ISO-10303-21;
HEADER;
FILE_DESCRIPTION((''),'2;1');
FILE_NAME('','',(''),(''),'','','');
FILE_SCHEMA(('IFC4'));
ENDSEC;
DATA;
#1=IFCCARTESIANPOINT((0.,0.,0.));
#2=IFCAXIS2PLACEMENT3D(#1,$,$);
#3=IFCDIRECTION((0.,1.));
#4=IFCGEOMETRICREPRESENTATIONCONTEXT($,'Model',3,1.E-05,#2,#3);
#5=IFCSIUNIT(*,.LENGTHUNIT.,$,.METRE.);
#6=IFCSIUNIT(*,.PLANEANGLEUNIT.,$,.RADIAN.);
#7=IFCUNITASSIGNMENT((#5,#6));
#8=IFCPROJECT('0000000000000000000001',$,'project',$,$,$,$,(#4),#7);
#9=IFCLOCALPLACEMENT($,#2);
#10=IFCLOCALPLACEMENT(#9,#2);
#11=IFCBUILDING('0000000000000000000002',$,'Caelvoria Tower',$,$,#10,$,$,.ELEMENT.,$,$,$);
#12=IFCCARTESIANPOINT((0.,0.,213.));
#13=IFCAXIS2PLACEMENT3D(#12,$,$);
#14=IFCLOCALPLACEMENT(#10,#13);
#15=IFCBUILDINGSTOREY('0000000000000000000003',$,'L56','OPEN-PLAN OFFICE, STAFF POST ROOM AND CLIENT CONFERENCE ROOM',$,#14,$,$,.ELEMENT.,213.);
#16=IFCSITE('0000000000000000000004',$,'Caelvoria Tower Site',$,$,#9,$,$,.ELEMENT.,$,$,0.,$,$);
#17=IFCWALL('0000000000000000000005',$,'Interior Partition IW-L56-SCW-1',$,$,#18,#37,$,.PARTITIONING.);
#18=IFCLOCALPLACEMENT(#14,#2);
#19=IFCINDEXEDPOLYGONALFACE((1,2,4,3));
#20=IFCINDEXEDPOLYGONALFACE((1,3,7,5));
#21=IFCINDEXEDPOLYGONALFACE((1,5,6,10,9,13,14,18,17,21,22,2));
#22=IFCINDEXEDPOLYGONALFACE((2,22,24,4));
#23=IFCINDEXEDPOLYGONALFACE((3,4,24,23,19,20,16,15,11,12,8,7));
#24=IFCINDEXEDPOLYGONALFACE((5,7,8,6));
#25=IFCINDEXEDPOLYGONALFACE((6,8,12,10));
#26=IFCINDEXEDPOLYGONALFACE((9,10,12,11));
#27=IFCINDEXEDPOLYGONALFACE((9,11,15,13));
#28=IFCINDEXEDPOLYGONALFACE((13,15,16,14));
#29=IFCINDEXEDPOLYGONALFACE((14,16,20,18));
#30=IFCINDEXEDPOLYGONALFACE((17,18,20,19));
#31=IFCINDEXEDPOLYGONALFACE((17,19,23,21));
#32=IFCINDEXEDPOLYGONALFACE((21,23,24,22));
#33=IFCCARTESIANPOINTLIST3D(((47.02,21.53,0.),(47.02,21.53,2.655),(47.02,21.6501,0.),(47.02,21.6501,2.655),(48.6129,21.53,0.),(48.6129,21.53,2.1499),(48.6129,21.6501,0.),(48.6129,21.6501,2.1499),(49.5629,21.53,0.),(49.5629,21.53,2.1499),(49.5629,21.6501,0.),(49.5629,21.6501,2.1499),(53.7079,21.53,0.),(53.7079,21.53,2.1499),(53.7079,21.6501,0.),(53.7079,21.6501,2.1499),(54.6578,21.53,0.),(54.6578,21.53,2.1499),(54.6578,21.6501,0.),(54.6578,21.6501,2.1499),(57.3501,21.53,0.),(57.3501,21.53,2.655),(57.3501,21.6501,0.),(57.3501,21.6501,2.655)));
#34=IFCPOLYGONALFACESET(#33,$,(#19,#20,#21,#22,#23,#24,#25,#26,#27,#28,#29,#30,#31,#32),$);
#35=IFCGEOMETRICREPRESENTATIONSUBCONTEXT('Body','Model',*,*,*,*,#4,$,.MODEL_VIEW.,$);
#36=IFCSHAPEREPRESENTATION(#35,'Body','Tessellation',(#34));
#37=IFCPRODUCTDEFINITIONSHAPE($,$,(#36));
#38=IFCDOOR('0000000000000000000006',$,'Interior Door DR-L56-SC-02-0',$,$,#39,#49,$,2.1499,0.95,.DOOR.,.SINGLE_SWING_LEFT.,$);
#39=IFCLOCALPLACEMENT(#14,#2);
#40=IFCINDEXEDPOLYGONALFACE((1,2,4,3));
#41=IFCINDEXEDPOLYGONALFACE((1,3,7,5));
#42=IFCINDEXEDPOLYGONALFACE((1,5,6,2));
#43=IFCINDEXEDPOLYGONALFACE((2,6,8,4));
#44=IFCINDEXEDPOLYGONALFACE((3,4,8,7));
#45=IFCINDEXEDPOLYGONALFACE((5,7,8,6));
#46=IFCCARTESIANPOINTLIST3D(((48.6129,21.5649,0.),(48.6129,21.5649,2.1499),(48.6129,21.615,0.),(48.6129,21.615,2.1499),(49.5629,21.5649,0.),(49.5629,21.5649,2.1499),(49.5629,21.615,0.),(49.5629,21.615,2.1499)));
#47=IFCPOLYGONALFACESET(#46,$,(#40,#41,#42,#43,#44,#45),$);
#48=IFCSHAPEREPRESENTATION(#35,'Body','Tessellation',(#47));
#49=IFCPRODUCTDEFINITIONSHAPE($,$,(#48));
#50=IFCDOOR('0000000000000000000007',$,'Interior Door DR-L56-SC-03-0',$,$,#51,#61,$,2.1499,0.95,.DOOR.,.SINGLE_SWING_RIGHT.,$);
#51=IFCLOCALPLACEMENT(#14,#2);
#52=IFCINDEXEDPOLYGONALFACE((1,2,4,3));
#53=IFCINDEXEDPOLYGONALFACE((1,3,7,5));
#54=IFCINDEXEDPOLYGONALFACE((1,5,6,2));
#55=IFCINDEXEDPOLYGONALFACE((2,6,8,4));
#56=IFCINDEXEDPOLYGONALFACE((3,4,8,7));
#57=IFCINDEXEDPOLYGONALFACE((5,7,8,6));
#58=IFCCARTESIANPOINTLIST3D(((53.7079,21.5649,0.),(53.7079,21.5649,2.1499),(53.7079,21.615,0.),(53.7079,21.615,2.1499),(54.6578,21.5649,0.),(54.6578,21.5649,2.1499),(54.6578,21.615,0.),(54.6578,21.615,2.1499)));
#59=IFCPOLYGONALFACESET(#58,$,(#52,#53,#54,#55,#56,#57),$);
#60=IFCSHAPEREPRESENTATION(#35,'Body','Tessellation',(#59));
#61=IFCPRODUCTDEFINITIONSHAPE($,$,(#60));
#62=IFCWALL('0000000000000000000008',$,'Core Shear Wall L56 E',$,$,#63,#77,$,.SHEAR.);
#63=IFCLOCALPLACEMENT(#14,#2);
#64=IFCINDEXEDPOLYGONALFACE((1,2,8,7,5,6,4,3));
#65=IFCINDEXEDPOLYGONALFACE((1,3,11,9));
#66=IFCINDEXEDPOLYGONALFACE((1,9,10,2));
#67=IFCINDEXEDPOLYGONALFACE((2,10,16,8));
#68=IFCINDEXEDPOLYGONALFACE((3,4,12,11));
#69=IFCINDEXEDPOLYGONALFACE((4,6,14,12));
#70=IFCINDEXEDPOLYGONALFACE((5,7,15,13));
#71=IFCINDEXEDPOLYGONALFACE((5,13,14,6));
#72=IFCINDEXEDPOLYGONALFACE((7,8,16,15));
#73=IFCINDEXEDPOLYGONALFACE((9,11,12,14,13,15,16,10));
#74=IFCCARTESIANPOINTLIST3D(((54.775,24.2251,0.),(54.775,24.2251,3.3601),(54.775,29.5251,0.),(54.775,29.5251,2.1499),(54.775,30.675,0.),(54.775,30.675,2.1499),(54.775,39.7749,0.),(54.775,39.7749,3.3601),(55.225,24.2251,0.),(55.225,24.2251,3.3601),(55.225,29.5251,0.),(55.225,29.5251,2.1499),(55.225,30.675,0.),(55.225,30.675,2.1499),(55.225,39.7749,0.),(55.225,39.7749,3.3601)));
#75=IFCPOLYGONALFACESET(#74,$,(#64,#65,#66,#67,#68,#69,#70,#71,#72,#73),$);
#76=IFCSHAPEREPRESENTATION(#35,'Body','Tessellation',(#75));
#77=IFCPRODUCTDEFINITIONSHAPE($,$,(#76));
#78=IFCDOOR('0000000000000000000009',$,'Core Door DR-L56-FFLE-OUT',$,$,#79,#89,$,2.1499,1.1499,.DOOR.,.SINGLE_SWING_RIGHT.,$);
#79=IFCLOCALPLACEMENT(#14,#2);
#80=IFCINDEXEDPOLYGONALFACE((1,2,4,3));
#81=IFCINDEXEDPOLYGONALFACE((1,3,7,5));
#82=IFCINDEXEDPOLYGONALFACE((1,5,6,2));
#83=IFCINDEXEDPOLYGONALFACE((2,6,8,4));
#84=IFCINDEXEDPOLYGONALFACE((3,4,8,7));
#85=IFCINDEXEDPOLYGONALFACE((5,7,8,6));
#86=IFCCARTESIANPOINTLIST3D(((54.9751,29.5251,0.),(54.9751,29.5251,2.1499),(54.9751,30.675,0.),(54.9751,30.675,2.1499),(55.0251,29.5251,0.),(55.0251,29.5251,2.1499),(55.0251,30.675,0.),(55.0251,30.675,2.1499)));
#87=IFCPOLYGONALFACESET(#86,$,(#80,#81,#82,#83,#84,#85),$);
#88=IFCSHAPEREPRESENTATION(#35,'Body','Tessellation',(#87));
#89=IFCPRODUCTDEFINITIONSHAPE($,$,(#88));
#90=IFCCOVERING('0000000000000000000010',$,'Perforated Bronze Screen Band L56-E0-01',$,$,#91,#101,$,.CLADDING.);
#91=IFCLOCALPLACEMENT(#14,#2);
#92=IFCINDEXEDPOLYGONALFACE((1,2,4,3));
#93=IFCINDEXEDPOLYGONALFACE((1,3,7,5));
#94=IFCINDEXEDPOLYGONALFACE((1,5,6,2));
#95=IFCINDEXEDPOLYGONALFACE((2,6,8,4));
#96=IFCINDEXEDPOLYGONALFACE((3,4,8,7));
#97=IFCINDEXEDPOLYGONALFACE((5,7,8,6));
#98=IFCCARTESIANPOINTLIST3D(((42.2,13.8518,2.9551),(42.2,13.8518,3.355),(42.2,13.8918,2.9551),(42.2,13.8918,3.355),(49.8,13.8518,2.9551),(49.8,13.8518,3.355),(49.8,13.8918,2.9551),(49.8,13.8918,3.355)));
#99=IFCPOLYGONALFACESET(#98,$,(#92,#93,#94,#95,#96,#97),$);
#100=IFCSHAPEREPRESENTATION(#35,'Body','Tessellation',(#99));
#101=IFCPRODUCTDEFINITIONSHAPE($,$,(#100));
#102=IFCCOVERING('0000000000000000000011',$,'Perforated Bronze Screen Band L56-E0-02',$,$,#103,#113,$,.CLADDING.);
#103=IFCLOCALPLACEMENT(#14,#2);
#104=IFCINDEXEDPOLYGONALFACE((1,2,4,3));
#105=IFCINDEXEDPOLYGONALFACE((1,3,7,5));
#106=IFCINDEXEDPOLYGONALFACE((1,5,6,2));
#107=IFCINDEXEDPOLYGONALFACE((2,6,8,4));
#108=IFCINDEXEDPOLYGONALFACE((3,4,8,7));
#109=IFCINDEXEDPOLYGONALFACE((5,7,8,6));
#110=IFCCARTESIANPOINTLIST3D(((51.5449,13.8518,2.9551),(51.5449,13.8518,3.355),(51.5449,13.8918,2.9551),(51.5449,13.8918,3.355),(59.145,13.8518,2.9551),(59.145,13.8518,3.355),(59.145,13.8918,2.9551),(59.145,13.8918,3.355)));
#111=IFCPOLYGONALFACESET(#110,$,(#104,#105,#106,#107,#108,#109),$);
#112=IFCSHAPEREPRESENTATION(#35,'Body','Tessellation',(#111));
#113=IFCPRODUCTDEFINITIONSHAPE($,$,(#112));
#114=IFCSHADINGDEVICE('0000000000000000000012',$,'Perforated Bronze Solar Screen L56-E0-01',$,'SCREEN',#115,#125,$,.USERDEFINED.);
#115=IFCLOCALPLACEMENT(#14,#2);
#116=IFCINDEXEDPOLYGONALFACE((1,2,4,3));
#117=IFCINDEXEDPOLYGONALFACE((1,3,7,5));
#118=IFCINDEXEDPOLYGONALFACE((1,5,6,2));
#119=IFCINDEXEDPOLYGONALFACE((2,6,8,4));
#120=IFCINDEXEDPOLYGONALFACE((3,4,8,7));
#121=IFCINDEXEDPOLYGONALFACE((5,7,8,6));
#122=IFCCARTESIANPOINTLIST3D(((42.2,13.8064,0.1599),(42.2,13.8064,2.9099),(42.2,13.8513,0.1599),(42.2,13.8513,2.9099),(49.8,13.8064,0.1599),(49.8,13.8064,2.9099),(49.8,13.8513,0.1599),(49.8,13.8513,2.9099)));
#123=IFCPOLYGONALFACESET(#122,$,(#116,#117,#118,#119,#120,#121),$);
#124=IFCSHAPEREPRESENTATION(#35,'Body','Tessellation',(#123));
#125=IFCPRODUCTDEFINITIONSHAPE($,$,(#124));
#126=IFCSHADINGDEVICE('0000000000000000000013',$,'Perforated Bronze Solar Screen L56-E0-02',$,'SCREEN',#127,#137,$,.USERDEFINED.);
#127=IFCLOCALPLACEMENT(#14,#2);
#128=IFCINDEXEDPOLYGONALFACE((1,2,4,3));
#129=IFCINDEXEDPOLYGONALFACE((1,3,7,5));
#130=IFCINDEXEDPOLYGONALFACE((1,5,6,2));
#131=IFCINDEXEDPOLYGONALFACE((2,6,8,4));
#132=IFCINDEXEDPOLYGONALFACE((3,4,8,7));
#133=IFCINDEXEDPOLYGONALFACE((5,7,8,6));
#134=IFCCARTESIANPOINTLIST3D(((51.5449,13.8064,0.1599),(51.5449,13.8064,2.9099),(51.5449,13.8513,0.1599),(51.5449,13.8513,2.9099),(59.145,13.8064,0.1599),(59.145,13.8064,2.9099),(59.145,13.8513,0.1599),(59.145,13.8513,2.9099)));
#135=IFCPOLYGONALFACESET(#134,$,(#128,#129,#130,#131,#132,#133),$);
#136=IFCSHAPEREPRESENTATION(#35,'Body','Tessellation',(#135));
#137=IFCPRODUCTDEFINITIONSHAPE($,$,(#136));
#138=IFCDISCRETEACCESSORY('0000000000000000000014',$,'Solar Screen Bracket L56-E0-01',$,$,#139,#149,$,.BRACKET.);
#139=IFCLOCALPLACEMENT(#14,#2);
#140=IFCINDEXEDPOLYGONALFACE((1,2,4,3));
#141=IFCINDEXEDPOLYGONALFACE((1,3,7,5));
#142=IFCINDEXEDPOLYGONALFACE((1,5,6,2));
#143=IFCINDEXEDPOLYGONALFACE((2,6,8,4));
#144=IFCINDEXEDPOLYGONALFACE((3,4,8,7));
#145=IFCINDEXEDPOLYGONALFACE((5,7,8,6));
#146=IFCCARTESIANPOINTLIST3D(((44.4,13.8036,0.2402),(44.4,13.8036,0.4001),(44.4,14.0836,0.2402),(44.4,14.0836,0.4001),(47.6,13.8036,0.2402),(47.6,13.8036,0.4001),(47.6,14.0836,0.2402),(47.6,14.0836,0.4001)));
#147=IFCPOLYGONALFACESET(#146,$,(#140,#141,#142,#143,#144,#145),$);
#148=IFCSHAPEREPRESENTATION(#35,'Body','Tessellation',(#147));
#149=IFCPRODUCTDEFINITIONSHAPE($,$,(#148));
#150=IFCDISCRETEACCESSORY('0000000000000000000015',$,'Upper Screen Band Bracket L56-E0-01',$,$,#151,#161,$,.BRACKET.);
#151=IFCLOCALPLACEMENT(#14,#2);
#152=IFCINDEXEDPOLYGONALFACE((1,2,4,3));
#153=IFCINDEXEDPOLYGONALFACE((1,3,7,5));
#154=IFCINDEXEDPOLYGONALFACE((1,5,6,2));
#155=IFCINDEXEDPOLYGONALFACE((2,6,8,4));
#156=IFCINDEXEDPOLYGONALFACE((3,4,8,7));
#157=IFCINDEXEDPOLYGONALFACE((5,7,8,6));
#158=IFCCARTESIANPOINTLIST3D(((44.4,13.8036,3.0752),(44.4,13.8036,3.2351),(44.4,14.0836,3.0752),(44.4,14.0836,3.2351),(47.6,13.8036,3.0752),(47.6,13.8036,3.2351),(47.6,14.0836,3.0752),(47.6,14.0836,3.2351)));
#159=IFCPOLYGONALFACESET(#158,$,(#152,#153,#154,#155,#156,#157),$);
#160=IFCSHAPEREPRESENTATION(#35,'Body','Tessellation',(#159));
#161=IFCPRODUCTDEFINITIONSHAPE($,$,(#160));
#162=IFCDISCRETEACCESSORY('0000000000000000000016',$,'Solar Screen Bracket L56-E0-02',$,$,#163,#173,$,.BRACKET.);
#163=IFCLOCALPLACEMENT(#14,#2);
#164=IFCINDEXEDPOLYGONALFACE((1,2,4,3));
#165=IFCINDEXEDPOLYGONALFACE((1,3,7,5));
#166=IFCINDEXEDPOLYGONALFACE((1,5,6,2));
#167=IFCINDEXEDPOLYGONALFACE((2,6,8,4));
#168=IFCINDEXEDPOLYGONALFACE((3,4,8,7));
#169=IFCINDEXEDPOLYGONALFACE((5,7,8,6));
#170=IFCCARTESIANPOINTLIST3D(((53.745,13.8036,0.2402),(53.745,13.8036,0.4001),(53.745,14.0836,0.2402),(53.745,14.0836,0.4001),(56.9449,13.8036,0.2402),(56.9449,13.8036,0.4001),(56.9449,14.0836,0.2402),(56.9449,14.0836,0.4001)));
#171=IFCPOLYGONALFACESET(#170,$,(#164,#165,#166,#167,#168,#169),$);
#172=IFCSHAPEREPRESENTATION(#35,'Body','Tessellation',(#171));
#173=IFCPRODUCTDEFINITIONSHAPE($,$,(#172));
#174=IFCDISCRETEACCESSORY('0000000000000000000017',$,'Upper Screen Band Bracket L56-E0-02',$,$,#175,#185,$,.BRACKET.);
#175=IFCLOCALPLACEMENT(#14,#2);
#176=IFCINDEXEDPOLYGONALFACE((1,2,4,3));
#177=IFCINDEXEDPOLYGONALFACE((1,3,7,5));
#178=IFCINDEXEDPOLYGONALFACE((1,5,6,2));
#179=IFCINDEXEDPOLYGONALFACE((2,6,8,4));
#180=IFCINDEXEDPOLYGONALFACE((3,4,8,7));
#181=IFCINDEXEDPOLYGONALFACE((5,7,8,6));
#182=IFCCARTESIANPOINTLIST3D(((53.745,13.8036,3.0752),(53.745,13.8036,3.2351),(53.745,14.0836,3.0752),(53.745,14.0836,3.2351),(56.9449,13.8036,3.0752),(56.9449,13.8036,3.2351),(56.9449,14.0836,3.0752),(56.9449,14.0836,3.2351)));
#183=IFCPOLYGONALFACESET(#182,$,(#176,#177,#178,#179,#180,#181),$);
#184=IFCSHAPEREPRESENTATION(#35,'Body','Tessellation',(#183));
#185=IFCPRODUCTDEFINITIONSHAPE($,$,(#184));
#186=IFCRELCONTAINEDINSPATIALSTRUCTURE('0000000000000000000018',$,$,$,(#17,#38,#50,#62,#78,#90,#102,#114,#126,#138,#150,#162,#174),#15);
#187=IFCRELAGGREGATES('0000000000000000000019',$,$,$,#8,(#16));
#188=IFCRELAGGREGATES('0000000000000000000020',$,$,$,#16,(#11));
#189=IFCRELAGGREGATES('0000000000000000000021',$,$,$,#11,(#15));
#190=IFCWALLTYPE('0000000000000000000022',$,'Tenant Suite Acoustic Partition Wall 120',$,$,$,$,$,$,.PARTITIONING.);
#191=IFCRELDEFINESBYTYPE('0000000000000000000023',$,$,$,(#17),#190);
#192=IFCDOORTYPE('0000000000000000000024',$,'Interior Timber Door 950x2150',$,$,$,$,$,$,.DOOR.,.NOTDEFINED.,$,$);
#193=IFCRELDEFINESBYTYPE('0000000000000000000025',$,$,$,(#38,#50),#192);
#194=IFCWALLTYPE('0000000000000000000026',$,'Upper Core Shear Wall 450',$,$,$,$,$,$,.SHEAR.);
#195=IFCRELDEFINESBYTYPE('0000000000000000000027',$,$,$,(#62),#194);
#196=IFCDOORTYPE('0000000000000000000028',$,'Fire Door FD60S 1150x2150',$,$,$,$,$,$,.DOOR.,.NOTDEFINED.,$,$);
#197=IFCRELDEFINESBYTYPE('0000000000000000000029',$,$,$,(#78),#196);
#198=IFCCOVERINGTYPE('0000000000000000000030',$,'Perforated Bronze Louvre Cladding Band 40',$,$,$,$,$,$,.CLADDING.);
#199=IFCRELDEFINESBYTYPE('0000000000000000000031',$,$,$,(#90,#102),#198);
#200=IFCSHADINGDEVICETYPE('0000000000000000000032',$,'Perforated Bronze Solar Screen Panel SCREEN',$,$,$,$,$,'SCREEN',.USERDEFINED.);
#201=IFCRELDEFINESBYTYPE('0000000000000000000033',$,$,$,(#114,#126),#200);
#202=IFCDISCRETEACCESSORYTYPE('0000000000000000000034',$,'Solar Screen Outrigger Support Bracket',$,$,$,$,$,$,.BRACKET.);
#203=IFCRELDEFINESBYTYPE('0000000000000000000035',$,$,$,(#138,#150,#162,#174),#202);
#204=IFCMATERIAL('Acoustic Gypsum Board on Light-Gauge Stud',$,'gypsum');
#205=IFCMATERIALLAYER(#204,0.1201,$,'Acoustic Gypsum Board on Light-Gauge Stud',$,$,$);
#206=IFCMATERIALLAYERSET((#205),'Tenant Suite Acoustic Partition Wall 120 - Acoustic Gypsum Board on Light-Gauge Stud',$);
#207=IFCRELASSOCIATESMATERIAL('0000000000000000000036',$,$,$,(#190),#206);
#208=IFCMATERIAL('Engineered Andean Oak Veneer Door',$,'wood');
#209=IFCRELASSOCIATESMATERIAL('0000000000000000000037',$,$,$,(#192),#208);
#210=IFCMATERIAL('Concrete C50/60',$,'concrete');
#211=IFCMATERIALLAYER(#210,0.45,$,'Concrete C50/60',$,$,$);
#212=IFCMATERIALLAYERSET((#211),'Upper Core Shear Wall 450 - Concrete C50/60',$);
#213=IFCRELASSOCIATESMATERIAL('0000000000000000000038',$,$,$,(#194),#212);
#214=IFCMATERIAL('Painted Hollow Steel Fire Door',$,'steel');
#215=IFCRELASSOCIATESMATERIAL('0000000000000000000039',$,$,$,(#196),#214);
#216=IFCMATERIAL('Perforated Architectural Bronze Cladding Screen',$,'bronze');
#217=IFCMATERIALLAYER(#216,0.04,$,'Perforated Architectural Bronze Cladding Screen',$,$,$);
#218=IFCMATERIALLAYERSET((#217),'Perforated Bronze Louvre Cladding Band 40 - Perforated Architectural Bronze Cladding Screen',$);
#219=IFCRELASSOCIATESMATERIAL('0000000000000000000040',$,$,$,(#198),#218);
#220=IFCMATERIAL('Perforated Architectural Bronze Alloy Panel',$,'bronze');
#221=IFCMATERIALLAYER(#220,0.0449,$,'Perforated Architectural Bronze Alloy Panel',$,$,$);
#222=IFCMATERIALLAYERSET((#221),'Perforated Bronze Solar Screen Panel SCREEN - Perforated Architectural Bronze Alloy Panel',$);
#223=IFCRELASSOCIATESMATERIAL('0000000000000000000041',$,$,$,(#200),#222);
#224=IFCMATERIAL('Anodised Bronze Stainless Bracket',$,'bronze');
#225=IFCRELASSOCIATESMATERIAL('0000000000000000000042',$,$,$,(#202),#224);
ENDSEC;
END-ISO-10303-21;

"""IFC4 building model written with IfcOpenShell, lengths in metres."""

from ifc_helpers import new_model, si_unit, direction, frame, frame_2d, origin, origin_2d, place, context, subcontext, project, spatial, rectangle, extrude, material, layer, layer_set, type_object, element, fill, save


model = new_model("IFC4")

# Units and contexts
model_context = context("Model", 3, precision=1e-05, world=origin(), true_north=direction((0.0, 1.0)))
body_context = subcontext(model_context, "Body", "Model", "MODEL_VIEW")
ifc_project = project(units=[si_unit("LENGTHUNIT", "METRE"), si_unit("PLANEANGLEUNIT", "RADIAN")], contexts=[model_context])

# Site, building, storey
site_placement = place(None, origin())
site = spatial("IfcSite", under=ifc_project, at=site_placement, Name="Caelvoria Tower Site", CompositionType="ELEMENT", RefElevation=0.0)
building_placement = place(site_placement, origin())
building = spatial("IfcBuilding", under=site, at=building_placement, Name="Caelvoria Tower", CompositionType="ELEMENT")
storey_placement = place(building_placement, frame((0.0, 0.0, 213.0)))
storey = spatial("IfcBuildingStorey", under=building, at=storey_placement, Name="L56", Description="OPEN-PLAN OFFICE, STAFF POST ROOM AND CLIENT CONFERENCE ROOM", CompositionType="ELEMENT", Elevation=213.0)

# Shared definitions
ifc_material_1 = material(Name="Concrete C50/60", Category="concrete")

# Shared definitions
ifc_material_2 = material(Name="Acoustic Gypsum Board on Light-Gauge Stud", Category="gypsum")
ifc_layer_1 = layer(ifc_material_2, 0.1201, Name="Acoustic Gypsum Board on Light-Gauge Stud")
ifc_layer_set_1 = layer_set([ifc_layer_1], Name="Tenant Suite Acoustic Partition Wall 120 - Acoustic Gypsum Board on Light-Gauge Stud")
wall_type_1 = type_object("IfcWallType", Name="Tenant Suite Acoustic Partition Wall 120", PredefinedType="PARTITIONING", material=ifc_layer_set_1)
ifc_material_3 = material(Name="Engineered Andean Oak Veneer Door", Category="wood")

# Wall, openings, doors
wall_1_placement = place(storey_placement, frame((47.02, 21.5901, 0.0), z_axis=(0.0, 0.0, 1.0), x_axis=(1.0, 0.0, 0.0)))
wall_1 = element("IfcWall", 1, at=wall_1_placement, inside=storey, type_object=wall_type_1, Name="Interior Partition IW-L56-SCW-1", PredefinedType="PARTITIONING", context=body_context, shape_type="SweptSolid", body=[
    extrude(rectangle(XDim=10.3301, YDim=0.1201, at=frame_2d((5.165, 0.0))), origin(), (0.0, 0.0, 1.0), 2.655),
])
opening_1_placement = place(wall_1_placement, frame((1.5928, 0.0, 0.0)))
opening_1 = element("IfcOpeningElement", 2, at=opening_1_placement, cuts=wall_1, PredefinedType="OPENING", context=body_context, shape_type="SweptSolid", body=[
    extrude(rectangle(XDim=0.95, YDim=2.1499, at=frame_2d((0.4751, 1.075))), frame((0.0, 0.0701, 0.0), z_axis=(0.0, -1.0, 0.0), x_axis=(1.0, 0.0, 0.0)), (0.0, 0.0, 1.0), 0.1401),
])
opening_2_placement = place(wall_1_placement, frame((6.6877, 0.0, 0.0)))
opening_2 = element("IfcOpeningElement", 3, at=opening_2_placement, cuts=wall_1, PredefinedType="OPENING", context=body_context, shape_type="SweptSolid", body=[
    extrude(rectangle(XDim=0.95, YDim=2.1499, at=frame_2d((0.4751, 1.075))), frame((0.0, 0.0701, 0.0), z_axis=(0.0, -1.0, 0.0), x_axis=(1.0, 0.0, 0.0)), (0.0, 0.0, 1.0), 0.1401),
])
door_type_1 = type_object("IfcDoorType", Name="Interior Timber Door 950x2150", OperationType="NOTDEFINED", PredefinedType="DOOR", material=ifc_material_3)
door_1_placement = place(opening_1_placement, origin())
door_1 = element("IfcDoor", 4, at=door_1_placement, inside=storey, type_object=door_type_1, Name="Interior Door DR-L56-SC-02-0", OperationType="SINGLE_SWING_LEFT", OverallHeight=2.1499, OverallWidth=0.95, PredefinedType="DOOR", context=body_context, shape_type="SweptSolid", body=[
    extrude(rectangle(XDim=0.95, YDim=2.1499, at=frame_2d((0.4751, 1.075))), frame((0.0, 0.0249, 0.0), z_axis=(0.0, -1.0, 0.0), x_axis=(1.0, 0.0, 0.0)), (0.0, 0.0, 1.0), 0.05),
])
fill(opening_1, door_1)
door_2_placement = place(opening_2_placement, origin())
door_2 = element("IfcDoor", 5, at=door_2_placement, inside=storey, type_object=door_type_1, Name="Interior Door DR-L56-SC-03-0", OperationType="SINGLE_SWING_RIGHT", OverallHeight=2.1499, OverallWidth=0.95, PredefinedType="DOOR", context=body_context, shape_type="SweptSolid", body=[
    extrude(rectangle(XDim=0.95, YDim=2.1499, at=frame_2d((0.4751, 1.075))), frame((0.0, 0.0249, 0.0), z_axis=(0.0, -1.0, 0.0), x_axis=(1.0, 0.0, 0.0)), (0.0, 0.0, 1.0), 0.05),
])
fill(opening_2, door_2)

# Wall, opening, door
ifc_layer_2 = layer(ifc_material_1, 0.45, Name="Concrete C50/60")
ifc_layer_set_2 = layer_set([ifc_layer_2], Name="Upper Core Shear Wall 450 - Concrete C50/60")
wall_type_2 = type_object("IfcWallType", Name="Upper Core Shear Wall 450", PredefinedType="SHEAR", material=ifc_layer_set_2)
wall_2_placement = place(storey_placement, frame((55.0, 24.2251, 0.0), z_axis=(0.0, 0.0, 1.0), x_axis=(0.0, 1.0, 0.0)))
wall_2 = element("IfcWall", 6, at=wall_2_placement, inside=storey, type_object=wall_type_2, Name="Core Shear Wall L56 E", PredefinedType="SHEAR", context=body_context, shape_type="SweptSolid", body=[
    extrude(rectangle(XDim=15.5498, YDim=0.45, at=frame_2d((7.7749, 0.0))), origin(), (0.0, 0.0, 1.0), 3.3601),
])
opening_3_placement = place(wall_2_placement, frame((5.3, 0.0, 0.0)))
opening_3 = element("IfcOpeningElement", 7, at=opening_3_placement, cuts=wall_2, PredefinedType="OPENING", context=body_context, shape_type="SweptSolid", body=[
    extrude(rectangle(XDim=1.1499, YDim=2.1499, at=frame_2d((0.575, 1.075))), frame((0.0, 0.2349, 0.0), z_axis=(0.0, -1.0, 0.0), x_axis=(1.0, 0.0, 0.0)), (0.0, 0.0, 1.0), 0.47),
])
ifc_material_4 = material(Name="Painted Hollow Steel Fire Door", Category="steel")
door_type_2 = type_object("IfcDoorType", Name="Fire Door FD60S 1150x2150", OperationType="NOTDEFINED", PredefinedType="DOOR", material=ifc_material_4)
door_3_placement = place(opening_3_placement, origin())
door_3 = element("IfcDoor", 8, at=door_3_placement, inside=storey, type_object=door_type_2, Name="Core Door DR-L56-FFLE-OUT", OperationType="SINGLE_SWING_RIGHT", OverallHeight=2.1499, OverallWidth=1.1499, PredefinedType="DOOR", context=body_context, shape_type="SweptSolid", body=[
    extrude(rectangle(XDim=1.1499, YDim=2.1499, at=frame_2d((0.575, 1.075))), frame((0.0, 0.0249, 0.0), z_axis=(0.0, -1.0, 0.0), x_axis=(1.0, 0.0, 0.0)), (0.0, 0.0, 1.0), 0.05),
])
fill(opening_3, door_3)

# Coverings
ifc_material_5 = material(Name="Perforated Architectural Bronze Cladding Screen", Category="bronze")
ifc_layer_3 = layer(ifc_material_5, 0.04, Name="Perforated Architectural Bronze Cladding Screen")
ifc_layer_set_3 = layer_set([ifc_layer_3], Name="Perforated Bronze Louvre Cladding Band 40 - Perforated Architectural Bronze Cladding Screen")
covering_type = type_object("IfcCoveringType", Name="Perforated Bronze Louvre Cladding Band 40", PredefinedType="CLADDING", material=ifc_layer_set_3)
for number, where, z_axis, x_axis, name in (
    (9, (46.0, 13.8718, 2.9551), (0.0, 0.0, 1.0), (1.0, 0.0, 0.0), "Perforated Bronze Screen Band L56-E0-01"),
    (10, (55.345, 13.8718, 2.9551), (0.0, 0.0, 1.0), (1.0, 0.0, 0.0), "Perforated Bronze Screen Band L56-E0-02"),
):
    element("IfcCovering", number, at=place(storey_placement, frame(where, z_axis=z_axis, x_axis=x_axis)), inside=storey, type_object=covering_type, Name=name, PredefinedType="CLADDING", context=body_context, shape_type="SweptSolid", body=[
        extrude(rectangle(XDim=7.6001, YDim=0.04, at=origin_2d()), origin(), (0.0, 0.0, 1.0), 0.3999),
    ])

# Shading devices
ifc_material_6 = material(Name="Perforated Architectural Bronze Alloy Panel", Category="bronze")
ifc_layer_4 = layer(ifc_material_6, 0.0449, Name="Perforated Architectural Bronze Alloy Panel")
ifc_layer_set_4 = layer_set([ifc_layer_4], Name="Perforated Bronze Solar Screen Panel SCREEN - Perforated Architectural Bronze Alloy Panel")
shading_device_type = type_object("IfcShadingDeviceType", Name="Perforated Bronze Solar Screen Panel SCREEN", ElementType="SCREEN", PredefinedType="USERDEFINED", material=ifc_layer_set_4)
for number, where, z_axis, x_axis, name in (
    (11, (46.0, 13.8289, 0.1599), (0.0, 0.0, 1.0), (1.0, 0.0, 0.0), "Perforated Bronze Solar Screen L56-E0-01"),
    (12, (55.345, 13.8289, 0.1599), (0.0, 0.0, 1.0), (1.0, 0.0, 0.0), "Perforated Bronze Solar Screen L56-E0-02"),
):
    element("IfcShadingDevice", number, at=place(storey_placement, frame(where, z_axis=z_axis, x_axis=x_axis)), inside=storey, type_object=shading_device_type, Name=name, ObjectType="SCREEN", PredefinedType="USERDEFINED", context=body_context, shape_type="SweptSolid", body=[
        extrude(rectangle(XDim=7.6001, YDim=0.0449, at=origin_2d()), origin(), (0.0, 0.0, 1.0), 2.75),
    ])

# Discrete accessories
ifc_material_7 = material(Name="Anodised Bronze Stainless Bracket", Category="bronze")
discrete_accessory_type = type_object("IfcDiscreteAccessoryType", Name="Solar Screen Outrigger Support Bracket", PredefinedType="BRACKET", material=ifc_material_7)
for number, where, z_axis, x_axis, name in (
    (13, (46.0, 13.9436, 0.2402), (0.0, 0.0, 1.0), (1.0, 0.0, 0.0), "Solar Screen Bracket L56-E0-01"),
    (14, (46.0, 13.9436, 3.0752), (0.0, 0.0, 1.0), (1.0, 0.0, 0.0), "Upper Screen Band Bracket L56-E0-01"),
    (15, (55.345, 13.9436, 0.2402), (0.0, 0.0, 1.0), (1.0, 0.0, 0.0), "Solar Screen Bracket L56-E0-02"),
    (16, (55.345, 13.9436, 3.0752), (0.0, 0.0, 1.0), (1.0, 0.0, 0.0), "Upper Screen Band Bracket L56-E0-02"),
):
    element("IfcDiscreteAccessory", number, at=place(storey_placement, frame(where, z_axis=z_axis, x_axis=x_axis)), inside=storey, type_object=discrete_accessory_type, Name=name, PredefinedType="BRACKET", context=body_context, shape_type="SweptSolid", body=[
        extrude(rectangle(XDim=3.2, YDim=0.28, at=origin_2d()), origin(), (0.0, 0.0, 1.0), 0.1599),
    ])

save(model, "model.ifc")
